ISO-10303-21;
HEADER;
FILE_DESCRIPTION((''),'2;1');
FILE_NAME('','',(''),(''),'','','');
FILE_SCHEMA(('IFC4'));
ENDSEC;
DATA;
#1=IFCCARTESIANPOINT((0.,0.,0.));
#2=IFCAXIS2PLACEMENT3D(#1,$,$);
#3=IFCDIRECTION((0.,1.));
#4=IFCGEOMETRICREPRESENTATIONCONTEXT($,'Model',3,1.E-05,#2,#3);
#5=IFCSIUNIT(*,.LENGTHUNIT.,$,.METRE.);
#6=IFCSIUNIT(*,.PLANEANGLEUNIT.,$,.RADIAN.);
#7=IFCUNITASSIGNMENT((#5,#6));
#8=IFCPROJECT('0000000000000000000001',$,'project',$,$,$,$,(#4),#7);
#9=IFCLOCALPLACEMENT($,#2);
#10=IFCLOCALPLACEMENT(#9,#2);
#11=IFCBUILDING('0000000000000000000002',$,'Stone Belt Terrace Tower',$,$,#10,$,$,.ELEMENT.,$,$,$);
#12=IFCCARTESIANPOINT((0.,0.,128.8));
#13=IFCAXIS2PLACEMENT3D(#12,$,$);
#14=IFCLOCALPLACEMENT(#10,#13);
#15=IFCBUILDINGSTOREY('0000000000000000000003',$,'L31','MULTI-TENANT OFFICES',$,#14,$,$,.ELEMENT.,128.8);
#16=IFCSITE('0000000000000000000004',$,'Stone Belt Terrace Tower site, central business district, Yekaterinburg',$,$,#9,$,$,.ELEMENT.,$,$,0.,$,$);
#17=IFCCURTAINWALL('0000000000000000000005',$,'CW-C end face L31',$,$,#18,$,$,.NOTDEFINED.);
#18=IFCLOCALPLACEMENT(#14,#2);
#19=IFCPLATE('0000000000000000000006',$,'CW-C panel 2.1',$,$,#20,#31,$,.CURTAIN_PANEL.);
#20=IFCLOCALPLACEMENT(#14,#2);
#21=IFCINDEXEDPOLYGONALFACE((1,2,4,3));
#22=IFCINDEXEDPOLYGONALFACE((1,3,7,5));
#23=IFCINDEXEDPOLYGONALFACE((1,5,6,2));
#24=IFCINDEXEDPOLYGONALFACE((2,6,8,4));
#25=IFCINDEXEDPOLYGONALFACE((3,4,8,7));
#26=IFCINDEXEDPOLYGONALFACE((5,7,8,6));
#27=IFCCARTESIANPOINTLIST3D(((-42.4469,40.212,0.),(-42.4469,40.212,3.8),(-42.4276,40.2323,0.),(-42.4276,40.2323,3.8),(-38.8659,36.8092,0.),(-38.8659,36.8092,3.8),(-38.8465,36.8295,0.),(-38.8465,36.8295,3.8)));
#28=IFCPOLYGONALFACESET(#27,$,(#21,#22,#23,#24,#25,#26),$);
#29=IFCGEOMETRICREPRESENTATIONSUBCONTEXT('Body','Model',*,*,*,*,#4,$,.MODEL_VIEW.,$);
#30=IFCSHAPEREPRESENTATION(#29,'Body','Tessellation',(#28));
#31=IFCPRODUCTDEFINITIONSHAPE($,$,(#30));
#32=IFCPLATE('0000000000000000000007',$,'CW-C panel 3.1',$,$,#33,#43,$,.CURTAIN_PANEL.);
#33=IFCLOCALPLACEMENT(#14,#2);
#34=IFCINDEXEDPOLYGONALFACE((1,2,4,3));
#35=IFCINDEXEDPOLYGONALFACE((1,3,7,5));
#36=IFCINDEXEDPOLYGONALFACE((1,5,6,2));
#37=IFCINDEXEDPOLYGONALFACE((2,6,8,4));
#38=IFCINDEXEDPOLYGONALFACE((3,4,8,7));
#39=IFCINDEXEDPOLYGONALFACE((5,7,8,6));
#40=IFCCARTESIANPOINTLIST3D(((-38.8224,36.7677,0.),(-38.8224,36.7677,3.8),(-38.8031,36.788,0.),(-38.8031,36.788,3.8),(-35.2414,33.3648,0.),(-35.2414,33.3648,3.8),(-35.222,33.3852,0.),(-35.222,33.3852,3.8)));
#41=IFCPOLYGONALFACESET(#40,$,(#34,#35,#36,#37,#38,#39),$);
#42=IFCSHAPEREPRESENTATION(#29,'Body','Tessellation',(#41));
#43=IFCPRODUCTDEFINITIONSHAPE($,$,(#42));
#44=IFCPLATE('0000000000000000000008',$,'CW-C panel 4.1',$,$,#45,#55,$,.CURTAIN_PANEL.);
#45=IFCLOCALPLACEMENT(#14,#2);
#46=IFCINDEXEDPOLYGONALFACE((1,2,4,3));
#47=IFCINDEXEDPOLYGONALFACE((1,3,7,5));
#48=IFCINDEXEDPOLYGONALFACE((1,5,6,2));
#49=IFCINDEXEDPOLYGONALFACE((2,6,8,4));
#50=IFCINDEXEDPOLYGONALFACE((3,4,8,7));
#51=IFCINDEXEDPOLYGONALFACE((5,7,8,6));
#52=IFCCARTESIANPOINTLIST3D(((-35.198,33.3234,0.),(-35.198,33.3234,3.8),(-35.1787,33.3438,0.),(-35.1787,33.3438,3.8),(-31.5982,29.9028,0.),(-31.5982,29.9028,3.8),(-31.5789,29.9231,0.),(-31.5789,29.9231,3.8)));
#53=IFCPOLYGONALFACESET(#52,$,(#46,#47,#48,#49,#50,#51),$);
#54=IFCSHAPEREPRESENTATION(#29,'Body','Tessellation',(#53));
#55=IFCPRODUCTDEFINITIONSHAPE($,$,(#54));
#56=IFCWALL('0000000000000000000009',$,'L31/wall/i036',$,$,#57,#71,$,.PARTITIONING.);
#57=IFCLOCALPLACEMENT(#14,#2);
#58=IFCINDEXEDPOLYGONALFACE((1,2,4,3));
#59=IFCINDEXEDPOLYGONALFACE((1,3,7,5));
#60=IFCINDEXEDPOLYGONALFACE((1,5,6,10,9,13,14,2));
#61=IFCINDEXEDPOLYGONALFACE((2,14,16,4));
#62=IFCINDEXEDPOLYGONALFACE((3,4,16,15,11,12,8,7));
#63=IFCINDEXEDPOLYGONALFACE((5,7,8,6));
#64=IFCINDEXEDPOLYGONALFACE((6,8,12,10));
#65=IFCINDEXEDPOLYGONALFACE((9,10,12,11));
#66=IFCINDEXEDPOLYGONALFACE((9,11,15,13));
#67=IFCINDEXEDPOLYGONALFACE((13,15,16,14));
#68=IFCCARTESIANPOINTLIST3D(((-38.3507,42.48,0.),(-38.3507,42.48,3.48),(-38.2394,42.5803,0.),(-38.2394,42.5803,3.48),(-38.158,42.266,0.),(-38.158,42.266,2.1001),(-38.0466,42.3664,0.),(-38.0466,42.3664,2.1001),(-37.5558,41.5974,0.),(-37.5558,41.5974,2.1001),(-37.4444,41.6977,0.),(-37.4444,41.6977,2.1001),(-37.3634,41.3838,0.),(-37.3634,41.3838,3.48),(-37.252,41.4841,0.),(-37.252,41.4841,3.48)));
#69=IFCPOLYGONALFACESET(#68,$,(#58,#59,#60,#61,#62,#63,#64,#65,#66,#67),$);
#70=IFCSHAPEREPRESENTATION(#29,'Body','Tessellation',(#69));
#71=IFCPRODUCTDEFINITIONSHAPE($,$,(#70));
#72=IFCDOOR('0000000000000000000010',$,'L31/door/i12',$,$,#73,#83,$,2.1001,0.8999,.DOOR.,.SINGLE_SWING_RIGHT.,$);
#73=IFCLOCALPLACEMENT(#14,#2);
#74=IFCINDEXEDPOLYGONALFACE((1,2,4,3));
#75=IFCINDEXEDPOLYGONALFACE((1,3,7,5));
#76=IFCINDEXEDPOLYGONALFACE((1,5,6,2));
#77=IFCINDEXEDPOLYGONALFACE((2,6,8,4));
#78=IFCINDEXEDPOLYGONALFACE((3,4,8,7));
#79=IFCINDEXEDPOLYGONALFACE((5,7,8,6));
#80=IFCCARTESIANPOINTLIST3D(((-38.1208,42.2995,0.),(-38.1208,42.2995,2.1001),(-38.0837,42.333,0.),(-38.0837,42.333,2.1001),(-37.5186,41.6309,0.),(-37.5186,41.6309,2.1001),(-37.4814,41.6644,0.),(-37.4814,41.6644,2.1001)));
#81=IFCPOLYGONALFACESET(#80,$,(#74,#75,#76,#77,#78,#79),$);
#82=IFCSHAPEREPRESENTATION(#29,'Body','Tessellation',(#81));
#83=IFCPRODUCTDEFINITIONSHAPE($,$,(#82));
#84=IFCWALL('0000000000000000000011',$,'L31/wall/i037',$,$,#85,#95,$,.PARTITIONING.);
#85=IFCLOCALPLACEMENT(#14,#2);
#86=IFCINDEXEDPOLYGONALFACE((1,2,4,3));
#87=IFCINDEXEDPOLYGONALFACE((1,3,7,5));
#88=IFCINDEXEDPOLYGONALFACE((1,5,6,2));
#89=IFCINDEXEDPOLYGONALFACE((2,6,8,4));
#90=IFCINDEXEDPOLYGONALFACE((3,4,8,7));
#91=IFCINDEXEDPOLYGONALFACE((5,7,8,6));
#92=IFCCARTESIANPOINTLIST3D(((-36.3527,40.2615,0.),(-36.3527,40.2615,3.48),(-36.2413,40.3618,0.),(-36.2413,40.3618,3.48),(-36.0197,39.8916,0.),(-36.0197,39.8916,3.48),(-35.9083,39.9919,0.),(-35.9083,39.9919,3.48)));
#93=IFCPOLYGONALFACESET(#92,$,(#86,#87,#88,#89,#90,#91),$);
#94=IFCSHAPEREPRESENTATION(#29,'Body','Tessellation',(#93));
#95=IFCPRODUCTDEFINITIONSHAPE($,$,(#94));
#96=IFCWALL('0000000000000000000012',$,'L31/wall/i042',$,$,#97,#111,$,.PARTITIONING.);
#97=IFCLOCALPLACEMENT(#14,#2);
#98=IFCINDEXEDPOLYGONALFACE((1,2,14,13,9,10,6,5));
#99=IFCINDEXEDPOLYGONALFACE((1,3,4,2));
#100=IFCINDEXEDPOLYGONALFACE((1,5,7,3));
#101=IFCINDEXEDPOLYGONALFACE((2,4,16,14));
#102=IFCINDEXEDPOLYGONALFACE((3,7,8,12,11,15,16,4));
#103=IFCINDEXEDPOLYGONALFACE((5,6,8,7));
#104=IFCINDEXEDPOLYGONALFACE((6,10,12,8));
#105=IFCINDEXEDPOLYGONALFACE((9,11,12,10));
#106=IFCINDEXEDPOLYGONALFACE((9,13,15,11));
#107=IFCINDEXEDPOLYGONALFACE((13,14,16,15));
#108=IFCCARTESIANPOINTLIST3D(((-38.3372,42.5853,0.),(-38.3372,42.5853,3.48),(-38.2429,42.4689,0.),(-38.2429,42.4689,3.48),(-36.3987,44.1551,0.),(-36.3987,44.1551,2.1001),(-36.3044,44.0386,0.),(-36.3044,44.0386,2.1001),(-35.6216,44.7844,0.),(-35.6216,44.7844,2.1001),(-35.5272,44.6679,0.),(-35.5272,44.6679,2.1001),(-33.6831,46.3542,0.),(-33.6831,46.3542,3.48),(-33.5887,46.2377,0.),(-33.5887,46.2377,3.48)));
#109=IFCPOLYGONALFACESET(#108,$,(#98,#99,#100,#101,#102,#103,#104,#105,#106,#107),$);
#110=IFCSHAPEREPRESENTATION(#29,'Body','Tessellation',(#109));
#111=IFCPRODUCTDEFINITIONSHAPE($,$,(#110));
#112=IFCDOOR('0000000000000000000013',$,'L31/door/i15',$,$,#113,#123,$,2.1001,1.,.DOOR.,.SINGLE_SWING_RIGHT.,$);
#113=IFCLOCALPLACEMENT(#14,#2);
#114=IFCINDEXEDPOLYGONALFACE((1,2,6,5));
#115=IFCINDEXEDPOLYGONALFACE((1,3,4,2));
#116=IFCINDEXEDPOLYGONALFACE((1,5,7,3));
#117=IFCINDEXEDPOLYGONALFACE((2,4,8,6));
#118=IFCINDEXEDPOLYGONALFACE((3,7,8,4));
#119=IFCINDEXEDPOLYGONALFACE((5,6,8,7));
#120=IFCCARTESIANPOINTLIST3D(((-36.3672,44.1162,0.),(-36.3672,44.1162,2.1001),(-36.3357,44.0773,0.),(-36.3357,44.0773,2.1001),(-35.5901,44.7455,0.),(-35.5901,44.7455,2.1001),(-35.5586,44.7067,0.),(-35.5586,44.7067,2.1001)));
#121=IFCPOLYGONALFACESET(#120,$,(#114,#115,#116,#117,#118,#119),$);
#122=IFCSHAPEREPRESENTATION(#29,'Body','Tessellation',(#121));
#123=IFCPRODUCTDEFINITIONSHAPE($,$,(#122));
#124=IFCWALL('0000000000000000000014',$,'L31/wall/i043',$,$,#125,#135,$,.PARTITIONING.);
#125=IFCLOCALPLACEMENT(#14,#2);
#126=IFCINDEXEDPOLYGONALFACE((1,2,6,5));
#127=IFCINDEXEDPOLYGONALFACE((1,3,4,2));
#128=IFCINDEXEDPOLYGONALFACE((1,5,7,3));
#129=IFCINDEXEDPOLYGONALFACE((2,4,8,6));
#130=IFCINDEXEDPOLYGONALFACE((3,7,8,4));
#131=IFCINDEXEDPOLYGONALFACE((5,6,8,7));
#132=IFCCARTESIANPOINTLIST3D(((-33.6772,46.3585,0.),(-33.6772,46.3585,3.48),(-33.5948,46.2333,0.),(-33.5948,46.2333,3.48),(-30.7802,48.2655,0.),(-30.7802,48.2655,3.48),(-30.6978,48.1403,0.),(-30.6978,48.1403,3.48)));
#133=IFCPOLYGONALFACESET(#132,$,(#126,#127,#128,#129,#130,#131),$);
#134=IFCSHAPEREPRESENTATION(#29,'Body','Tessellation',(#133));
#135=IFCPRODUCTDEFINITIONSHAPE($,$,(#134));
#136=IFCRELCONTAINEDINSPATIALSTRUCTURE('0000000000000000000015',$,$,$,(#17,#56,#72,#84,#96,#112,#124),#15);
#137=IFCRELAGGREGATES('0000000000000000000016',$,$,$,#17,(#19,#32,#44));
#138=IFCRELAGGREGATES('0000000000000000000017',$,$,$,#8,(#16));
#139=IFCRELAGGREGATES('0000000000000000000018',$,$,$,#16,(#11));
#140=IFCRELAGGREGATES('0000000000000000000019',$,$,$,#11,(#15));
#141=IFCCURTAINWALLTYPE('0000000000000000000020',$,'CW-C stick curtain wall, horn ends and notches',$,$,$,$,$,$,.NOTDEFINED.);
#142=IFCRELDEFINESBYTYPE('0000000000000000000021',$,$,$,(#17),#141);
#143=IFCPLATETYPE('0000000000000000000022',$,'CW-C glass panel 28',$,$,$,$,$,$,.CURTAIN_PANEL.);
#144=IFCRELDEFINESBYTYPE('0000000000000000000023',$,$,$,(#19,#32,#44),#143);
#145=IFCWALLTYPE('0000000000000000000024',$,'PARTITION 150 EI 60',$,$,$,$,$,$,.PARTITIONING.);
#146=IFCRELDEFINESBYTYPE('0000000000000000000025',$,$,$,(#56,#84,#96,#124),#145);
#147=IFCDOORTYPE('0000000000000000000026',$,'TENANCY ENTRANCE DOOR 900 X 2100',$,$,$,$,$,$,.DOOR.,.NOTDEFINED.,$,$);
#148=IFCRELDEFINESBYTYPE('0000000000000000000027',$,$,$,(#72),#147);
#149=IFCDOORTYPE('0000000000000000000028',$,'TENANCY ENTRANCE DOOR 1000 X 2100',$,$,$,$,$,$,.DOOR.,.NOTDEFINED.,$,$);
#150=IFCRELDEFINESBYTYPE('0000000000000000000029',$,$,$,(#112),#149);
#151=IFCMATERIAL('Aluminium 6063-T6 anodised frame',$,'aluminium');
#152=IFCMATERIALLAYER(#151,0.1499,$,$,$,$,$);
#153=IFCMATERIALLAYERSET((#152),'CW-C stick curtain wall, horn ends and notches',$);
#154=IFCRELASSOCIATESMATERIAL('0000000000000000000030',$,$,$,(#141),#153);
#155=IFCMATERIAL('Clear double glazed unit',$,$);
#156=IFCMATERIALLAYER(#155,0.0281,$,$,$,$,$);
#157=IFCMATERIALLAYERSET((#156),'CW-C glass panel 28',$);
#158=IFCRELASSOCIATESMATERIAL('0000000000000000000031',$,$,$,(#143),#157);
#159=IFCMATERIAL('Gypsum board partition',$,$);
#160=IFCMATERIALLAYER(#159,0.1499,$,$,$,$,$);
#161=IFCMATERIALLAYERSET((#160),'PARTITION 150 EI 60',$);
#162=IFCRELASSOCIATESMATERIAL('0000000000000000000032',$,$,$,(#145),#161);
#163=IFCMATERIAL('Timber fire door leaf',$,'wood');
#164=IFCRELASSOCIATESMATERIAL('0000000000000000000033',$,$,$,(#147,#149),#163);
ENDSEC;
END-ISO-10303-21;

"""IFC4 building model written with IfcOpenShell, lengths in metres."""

from ifc_helpers import new_model, si_unit, direction, frame, frame_2d, origin, origin_2d, place, context, subcontext, project, spatial, rectangle, extrude, material, layer, layer_set, type_object, element, fill, aggregate, save


model = new_model("IFC4")

# Units and contexts
model_context = context("Model", 3, precision=1e-05, world=origin(), true_north=direction((0.0, 1.0)))
body_context = subcontext(model_context, "Body", "Model", "MODEL_VIEW")
ifc_project = project(units=[si_unit("LENGTHUNIT", "METRE"), si_unit("PLANEANGLEUNIT", "RADIAN")], contexts=[model_context])

# Site, building, storey
site_placement = place(None, origin())
site = spatial("IfcSite", under=ifc_project, at=site_placement, Name="Stone Belt Terrace Tower site, central business district, Yekaterinburg", CompositionType="ELEMENT", RefElevation=0.0)
building_placement = place(site_placement, origin())
building = spatial("IfcBuilding", under=site, at=building_placement, Name="Stone Belt Terrace Tower", CompositionType="ELEMENT")
storey_placement = place(building_placement, frame((0.0, 0.0, 128.8)))
storey = spatial("IfcBuildingStorey", under=building, at=storey_placement, Name="L31", Description="MULTI-TENANT OFFICES", CompositionType="ELEMENT", Elevation=128.8)

# Shared definitions
ifc_material_1 = material(Name="Aluminium 6063-T6 anodised frame", Category="aluminium")
ifc_layer_1 = layer(ifc_material_1, 0.1499)
ifc_layer_set_1 = layer_set([ifc_layer_1], Name="CW-C stick curtain wall, horn ends and notches")
curtain_wall_type = type_object("IfcCurtainWallType", Name="CW-C stick curtain wall, horn ends and notches", PredefinedType="NOTDEFINED", material=ifc_layer_set_1)

# Curtain wall
curtain_wall_1_placement = place(storey_placement, origin())
curtain_wall_1 = element("IfcCurtainWall", 1, at=curtain_wall_1_placement, inside=storey, type_object=curtain_wall_type, Name="CW-C end face L31", PredefinedType="NOTDEFINED")

# Plates
ifc_material_2 = material(Name="Clear double glazed unit")
ifc_layer_2 = layer(ifc_material_2, 0.0281)
ifc_layer_set_2 = layer_set([ifc_layer_2], Name="CW-C glass panel 28")
plate_type = type_object("IfcPlateType", Name="CW-C glass panel 28", PredefinedType="CURTAIN_PANEL", material=ifc_layer_set_2)
plate_1_placement = place(storey_placement, frame((-40.6467, 38.5208, 0.0), z_axis=(0.0, 0.0, 1.0), x_axis=(0.724914, -0.68884, 0.0)))
plate_1 = element("IfcPlate", 2, at=plate_1_placement, type_object=plate_type, Name="CW-C panel 2.1", PredefinedType="CURTAIN_PANEL", context=body_context, shape_type="SweptSolid", body=[
    extrude(rectangle(XDim=4.9399, YDim=0.0281, at=origin_2d()), origin(), (0.0, 0.0, 1.0), 3.8),
])
plate_2_placement = place(storey_placement, frame((-37.0222, 35.0764, 0.0), z_axis=(0.0, 0.0, 1.0), x_axis=(0.724914, -0.68884, 0.0)))
plate_2 = element("IfcPlate", 3, at=plate_2_placement, type_object=plate_type, Name="CW-C panel 3.1", PredefinedType="CURTAIN_PANEL", context=body_context, shape_type="SweptSolid", body=[
    extrude(rectangle(XDim=4.9399, YDim=0.0281, at=origin_2d()), origin(), (0.0, 0.0, 1.0), 3.8),
])
plate_3_placement = place(storey_placement, frame((-33.3884, 31.6233, 0.0), z_axis=(0.0, 0.0, 1.0), x_axis=(0.724914, -0.68884, 0.0)))
plate_3 = element("IfcPlate", 4, at=plate_3_placement, type_object=plate_type, Name="CW-C panel 4.1", PredefinedType="CURTAIN_PANEL", context=body_context, shape_type="SweptSolid", body=[
    extrude(rectangle(XDim=4.9658, YDim=0.0281, at=origin_2d()), origin(), (0.0, 0.0, 1.0), 3.8),
])
aggregate(curtain_wall_1, [plate_1, plate_2, plate_3])

# Wall, opening, door
ifc_material_3 = material(Name="Gypsum board partition")
ifc_layer_3 = layer(ifc_material_3, 0.1499)
ifc_layer_set_3 = layer_set([ifc_layer_3], Name="PARTITION 150 EI 60")
wall_type = type_object("IfcWallType", Name="PARTITION 150 EI 60", PredefinedType="PARTITIONING", material=ifc_layer_set_3)
wall_1_placement = place(storey_placement, frame((-37.3076, 41.4338, 0.0), z_axis=(0.0, 0.0, 1.0), x_axis=(-0.669239, 0.743047, 0.0)))
wall_1 = element("IfcWall", 5, at=wall_1_placement, inside=storey, type_object=wall_type, Name="L31/wall/i036", PredefinedType="PARTITIONING", context=body_context, shape_type="SweptSolid", body=[
    extrude(rectangle(XDim=1.4753, YDim=0.1499, at=frame_2d((0.7378, 0.0))), origin(), (0.0, 0.0, 1.0), 3.48),
])
opening_1_placement = place(wall_1_placement, frame((0.2876, 0.0, 0.0)))
opening_1 = element("IfcOpeningElement", 6, at=opening_1_placement, cuts=wall_1, PredefinedType="OPENING", context=body_context, shape_type="SweptSolid", body=[
    extrude(rectangle(XDim=0.8999, YDim=2.1001, at=frame_2d((0.45, 1.05))), frame((0.0, 0.085, 0.0), z_axis=(0.0, -1.0, 0.0), x_axis=(1.0, 0.0, 0.0)), (0.0, 0.0, 1.0), 0.1699),
])
ifc_material_4 = material(Name="Timber fire door leaf", Category="wood")
door_type_1 = type_object("IfcDoorType", Name="TENANCY ENTRANCE DOOR 900 X 2100", OperationType="NOTDEFINED", PredefinedType="DOOR", material=ifc_material_4)
door_1_placement = place(opening_1_placement, origin())
door_1 = element("IfcDoor", 7, at=door_1_placement, inside=storey, type_object=door_type_1, Name="L31/door/i12", OperationType="SINGLE_SWING_RIGHT", OverallHeight=2.1001, OverallWidth=0.8999, PredefinedType="DOOR", context=body_context, shape_type="SweptSolid", body=[
    extrude(rectangle(XDim=0.8999, YDim=2.1001, at=frame_2d((0.45, 1.05))), frame((0.0, 0.0249, 0.0), z_axis=(0.0, -1.0, 0.0), x_axis=(1.0, 0.0, 0.0)), (0.0, 0.0, 1.0), 0.05),
])
fill(opening_1, door_1)

# Wall
wall_2_placement = place(storey_placement, frame((-36.2971, 40.3118, 0.0), z_axis=(0.0, 0.0, 1.0), x_axis=(0.6691, -0.743172, 0.0)))
element("IfcWall", 8, at=wall_2_placement, inside=storey, type_object=wall_type, Name="L31/wall/i037", PredefinedType="PARTITIONING", context=body_context, shape_type="SweptSolid", body=[
    extrude(rectangle(XDim=0.4978, YDim=0.1499, at=frame_2d((0.249, 0.0))), origin(), (0.0, 0.0, 1.0), 3.48),
])

# Wall, opening, door
wall_3_placement = place(storey_placement, frame((-38.29, 42.5271, 0.0), z_axis=(0.0, 0.0, 1.0), x_axis=(0.777144, 0.629323, 0.0)))
wall_3 = element("IfcWall", 9, at=wall_3_placement, inside=storey, type_object=wall_type, Name="L31/wall/i042", PredefinedType="PARTITIONING", context=body_context, shape_type="SweptSolid", body=[
    extrude(rectangle(XDim=5.9888, YDim=0.1499, at=frame_2d((2.9944, 0.0))), origin(), (0.0, 0.0, 1.0), 3.48),
])
opening_2_placement = place(wall_3_placement, frame((2.4944, 0.0, 0.0)))
opening_2 = element("IfcOpeningElement", 10, at=opening_2_placement, cuts=wall_3, PredefinedType="OPENING", context=body_context, shape_type="SweptSolid", body=[
    extrude(rectangle(XDim=1.0, YDim=2.1001, at=frame_2d((0.5, 1.05))), frame((0.0, 0.085, 0.0), z_axis=(0.0, -1.0, 0.0), x_axis=(1.0, 0.0, 0.0)), (0.0, 0.0, 1.0), 0.1699),
])
door_type_2 = type_object("IfcDoorType", Name="TENANCY ENTRANCE DOOR 1000 X 2100", OperationType="NOTDEFINED", PredefinedType="DOOR", material=ifc_material_4)
door_2_placement = place(opening_2_placement, origin())
door_2 = element("IfcDoor", 11, at=door_2_placement, inside=storey, type_object=door_type_2, Name="L31/door/i15", OperationType="SINGLE_SWING_RIGHT", OverallHeight=2.1001, OverallWidth=1.0, PredefinedType="DOOR", context=body_context, shape_type="SweptSolid", body=[
    extrude(rectangle(XDim=1.0, YDim=2.1001, at=frame_2d((0.5, 1.05))), frame((0.0, 0.0249, 0.0), z_axis=(0.0, -1.0, 0.0), x_axis=(1.0, 0.0, 0.0)), (0.0, 0.0, 1.0), 0.05),
])
fill(opening_2, door_2)

# Wall
wall_4_placement = place(storey_placement, frame((-33.636, 46.2959, 0.0), z_axis=(0.0, 0.0, 1.0), x_axis=(0.835274, 0.549834, 0.0)))
element("IfcWall", 12, at=wall_4_placement, inside=storey, type_object=wall_type, Name="L31/wall/i043", PredefinedType="PARTITIONING", context=body_context, shape_type="SweptSolid", body=[
    extrude(rectangle(XDim=3.4683, YDim=0.1499, at=frame_2d((1.7341, 0.0))), origin(), (0.0, 0.0, 1.0), 3.48),
])

save(model, "model.ifc")
